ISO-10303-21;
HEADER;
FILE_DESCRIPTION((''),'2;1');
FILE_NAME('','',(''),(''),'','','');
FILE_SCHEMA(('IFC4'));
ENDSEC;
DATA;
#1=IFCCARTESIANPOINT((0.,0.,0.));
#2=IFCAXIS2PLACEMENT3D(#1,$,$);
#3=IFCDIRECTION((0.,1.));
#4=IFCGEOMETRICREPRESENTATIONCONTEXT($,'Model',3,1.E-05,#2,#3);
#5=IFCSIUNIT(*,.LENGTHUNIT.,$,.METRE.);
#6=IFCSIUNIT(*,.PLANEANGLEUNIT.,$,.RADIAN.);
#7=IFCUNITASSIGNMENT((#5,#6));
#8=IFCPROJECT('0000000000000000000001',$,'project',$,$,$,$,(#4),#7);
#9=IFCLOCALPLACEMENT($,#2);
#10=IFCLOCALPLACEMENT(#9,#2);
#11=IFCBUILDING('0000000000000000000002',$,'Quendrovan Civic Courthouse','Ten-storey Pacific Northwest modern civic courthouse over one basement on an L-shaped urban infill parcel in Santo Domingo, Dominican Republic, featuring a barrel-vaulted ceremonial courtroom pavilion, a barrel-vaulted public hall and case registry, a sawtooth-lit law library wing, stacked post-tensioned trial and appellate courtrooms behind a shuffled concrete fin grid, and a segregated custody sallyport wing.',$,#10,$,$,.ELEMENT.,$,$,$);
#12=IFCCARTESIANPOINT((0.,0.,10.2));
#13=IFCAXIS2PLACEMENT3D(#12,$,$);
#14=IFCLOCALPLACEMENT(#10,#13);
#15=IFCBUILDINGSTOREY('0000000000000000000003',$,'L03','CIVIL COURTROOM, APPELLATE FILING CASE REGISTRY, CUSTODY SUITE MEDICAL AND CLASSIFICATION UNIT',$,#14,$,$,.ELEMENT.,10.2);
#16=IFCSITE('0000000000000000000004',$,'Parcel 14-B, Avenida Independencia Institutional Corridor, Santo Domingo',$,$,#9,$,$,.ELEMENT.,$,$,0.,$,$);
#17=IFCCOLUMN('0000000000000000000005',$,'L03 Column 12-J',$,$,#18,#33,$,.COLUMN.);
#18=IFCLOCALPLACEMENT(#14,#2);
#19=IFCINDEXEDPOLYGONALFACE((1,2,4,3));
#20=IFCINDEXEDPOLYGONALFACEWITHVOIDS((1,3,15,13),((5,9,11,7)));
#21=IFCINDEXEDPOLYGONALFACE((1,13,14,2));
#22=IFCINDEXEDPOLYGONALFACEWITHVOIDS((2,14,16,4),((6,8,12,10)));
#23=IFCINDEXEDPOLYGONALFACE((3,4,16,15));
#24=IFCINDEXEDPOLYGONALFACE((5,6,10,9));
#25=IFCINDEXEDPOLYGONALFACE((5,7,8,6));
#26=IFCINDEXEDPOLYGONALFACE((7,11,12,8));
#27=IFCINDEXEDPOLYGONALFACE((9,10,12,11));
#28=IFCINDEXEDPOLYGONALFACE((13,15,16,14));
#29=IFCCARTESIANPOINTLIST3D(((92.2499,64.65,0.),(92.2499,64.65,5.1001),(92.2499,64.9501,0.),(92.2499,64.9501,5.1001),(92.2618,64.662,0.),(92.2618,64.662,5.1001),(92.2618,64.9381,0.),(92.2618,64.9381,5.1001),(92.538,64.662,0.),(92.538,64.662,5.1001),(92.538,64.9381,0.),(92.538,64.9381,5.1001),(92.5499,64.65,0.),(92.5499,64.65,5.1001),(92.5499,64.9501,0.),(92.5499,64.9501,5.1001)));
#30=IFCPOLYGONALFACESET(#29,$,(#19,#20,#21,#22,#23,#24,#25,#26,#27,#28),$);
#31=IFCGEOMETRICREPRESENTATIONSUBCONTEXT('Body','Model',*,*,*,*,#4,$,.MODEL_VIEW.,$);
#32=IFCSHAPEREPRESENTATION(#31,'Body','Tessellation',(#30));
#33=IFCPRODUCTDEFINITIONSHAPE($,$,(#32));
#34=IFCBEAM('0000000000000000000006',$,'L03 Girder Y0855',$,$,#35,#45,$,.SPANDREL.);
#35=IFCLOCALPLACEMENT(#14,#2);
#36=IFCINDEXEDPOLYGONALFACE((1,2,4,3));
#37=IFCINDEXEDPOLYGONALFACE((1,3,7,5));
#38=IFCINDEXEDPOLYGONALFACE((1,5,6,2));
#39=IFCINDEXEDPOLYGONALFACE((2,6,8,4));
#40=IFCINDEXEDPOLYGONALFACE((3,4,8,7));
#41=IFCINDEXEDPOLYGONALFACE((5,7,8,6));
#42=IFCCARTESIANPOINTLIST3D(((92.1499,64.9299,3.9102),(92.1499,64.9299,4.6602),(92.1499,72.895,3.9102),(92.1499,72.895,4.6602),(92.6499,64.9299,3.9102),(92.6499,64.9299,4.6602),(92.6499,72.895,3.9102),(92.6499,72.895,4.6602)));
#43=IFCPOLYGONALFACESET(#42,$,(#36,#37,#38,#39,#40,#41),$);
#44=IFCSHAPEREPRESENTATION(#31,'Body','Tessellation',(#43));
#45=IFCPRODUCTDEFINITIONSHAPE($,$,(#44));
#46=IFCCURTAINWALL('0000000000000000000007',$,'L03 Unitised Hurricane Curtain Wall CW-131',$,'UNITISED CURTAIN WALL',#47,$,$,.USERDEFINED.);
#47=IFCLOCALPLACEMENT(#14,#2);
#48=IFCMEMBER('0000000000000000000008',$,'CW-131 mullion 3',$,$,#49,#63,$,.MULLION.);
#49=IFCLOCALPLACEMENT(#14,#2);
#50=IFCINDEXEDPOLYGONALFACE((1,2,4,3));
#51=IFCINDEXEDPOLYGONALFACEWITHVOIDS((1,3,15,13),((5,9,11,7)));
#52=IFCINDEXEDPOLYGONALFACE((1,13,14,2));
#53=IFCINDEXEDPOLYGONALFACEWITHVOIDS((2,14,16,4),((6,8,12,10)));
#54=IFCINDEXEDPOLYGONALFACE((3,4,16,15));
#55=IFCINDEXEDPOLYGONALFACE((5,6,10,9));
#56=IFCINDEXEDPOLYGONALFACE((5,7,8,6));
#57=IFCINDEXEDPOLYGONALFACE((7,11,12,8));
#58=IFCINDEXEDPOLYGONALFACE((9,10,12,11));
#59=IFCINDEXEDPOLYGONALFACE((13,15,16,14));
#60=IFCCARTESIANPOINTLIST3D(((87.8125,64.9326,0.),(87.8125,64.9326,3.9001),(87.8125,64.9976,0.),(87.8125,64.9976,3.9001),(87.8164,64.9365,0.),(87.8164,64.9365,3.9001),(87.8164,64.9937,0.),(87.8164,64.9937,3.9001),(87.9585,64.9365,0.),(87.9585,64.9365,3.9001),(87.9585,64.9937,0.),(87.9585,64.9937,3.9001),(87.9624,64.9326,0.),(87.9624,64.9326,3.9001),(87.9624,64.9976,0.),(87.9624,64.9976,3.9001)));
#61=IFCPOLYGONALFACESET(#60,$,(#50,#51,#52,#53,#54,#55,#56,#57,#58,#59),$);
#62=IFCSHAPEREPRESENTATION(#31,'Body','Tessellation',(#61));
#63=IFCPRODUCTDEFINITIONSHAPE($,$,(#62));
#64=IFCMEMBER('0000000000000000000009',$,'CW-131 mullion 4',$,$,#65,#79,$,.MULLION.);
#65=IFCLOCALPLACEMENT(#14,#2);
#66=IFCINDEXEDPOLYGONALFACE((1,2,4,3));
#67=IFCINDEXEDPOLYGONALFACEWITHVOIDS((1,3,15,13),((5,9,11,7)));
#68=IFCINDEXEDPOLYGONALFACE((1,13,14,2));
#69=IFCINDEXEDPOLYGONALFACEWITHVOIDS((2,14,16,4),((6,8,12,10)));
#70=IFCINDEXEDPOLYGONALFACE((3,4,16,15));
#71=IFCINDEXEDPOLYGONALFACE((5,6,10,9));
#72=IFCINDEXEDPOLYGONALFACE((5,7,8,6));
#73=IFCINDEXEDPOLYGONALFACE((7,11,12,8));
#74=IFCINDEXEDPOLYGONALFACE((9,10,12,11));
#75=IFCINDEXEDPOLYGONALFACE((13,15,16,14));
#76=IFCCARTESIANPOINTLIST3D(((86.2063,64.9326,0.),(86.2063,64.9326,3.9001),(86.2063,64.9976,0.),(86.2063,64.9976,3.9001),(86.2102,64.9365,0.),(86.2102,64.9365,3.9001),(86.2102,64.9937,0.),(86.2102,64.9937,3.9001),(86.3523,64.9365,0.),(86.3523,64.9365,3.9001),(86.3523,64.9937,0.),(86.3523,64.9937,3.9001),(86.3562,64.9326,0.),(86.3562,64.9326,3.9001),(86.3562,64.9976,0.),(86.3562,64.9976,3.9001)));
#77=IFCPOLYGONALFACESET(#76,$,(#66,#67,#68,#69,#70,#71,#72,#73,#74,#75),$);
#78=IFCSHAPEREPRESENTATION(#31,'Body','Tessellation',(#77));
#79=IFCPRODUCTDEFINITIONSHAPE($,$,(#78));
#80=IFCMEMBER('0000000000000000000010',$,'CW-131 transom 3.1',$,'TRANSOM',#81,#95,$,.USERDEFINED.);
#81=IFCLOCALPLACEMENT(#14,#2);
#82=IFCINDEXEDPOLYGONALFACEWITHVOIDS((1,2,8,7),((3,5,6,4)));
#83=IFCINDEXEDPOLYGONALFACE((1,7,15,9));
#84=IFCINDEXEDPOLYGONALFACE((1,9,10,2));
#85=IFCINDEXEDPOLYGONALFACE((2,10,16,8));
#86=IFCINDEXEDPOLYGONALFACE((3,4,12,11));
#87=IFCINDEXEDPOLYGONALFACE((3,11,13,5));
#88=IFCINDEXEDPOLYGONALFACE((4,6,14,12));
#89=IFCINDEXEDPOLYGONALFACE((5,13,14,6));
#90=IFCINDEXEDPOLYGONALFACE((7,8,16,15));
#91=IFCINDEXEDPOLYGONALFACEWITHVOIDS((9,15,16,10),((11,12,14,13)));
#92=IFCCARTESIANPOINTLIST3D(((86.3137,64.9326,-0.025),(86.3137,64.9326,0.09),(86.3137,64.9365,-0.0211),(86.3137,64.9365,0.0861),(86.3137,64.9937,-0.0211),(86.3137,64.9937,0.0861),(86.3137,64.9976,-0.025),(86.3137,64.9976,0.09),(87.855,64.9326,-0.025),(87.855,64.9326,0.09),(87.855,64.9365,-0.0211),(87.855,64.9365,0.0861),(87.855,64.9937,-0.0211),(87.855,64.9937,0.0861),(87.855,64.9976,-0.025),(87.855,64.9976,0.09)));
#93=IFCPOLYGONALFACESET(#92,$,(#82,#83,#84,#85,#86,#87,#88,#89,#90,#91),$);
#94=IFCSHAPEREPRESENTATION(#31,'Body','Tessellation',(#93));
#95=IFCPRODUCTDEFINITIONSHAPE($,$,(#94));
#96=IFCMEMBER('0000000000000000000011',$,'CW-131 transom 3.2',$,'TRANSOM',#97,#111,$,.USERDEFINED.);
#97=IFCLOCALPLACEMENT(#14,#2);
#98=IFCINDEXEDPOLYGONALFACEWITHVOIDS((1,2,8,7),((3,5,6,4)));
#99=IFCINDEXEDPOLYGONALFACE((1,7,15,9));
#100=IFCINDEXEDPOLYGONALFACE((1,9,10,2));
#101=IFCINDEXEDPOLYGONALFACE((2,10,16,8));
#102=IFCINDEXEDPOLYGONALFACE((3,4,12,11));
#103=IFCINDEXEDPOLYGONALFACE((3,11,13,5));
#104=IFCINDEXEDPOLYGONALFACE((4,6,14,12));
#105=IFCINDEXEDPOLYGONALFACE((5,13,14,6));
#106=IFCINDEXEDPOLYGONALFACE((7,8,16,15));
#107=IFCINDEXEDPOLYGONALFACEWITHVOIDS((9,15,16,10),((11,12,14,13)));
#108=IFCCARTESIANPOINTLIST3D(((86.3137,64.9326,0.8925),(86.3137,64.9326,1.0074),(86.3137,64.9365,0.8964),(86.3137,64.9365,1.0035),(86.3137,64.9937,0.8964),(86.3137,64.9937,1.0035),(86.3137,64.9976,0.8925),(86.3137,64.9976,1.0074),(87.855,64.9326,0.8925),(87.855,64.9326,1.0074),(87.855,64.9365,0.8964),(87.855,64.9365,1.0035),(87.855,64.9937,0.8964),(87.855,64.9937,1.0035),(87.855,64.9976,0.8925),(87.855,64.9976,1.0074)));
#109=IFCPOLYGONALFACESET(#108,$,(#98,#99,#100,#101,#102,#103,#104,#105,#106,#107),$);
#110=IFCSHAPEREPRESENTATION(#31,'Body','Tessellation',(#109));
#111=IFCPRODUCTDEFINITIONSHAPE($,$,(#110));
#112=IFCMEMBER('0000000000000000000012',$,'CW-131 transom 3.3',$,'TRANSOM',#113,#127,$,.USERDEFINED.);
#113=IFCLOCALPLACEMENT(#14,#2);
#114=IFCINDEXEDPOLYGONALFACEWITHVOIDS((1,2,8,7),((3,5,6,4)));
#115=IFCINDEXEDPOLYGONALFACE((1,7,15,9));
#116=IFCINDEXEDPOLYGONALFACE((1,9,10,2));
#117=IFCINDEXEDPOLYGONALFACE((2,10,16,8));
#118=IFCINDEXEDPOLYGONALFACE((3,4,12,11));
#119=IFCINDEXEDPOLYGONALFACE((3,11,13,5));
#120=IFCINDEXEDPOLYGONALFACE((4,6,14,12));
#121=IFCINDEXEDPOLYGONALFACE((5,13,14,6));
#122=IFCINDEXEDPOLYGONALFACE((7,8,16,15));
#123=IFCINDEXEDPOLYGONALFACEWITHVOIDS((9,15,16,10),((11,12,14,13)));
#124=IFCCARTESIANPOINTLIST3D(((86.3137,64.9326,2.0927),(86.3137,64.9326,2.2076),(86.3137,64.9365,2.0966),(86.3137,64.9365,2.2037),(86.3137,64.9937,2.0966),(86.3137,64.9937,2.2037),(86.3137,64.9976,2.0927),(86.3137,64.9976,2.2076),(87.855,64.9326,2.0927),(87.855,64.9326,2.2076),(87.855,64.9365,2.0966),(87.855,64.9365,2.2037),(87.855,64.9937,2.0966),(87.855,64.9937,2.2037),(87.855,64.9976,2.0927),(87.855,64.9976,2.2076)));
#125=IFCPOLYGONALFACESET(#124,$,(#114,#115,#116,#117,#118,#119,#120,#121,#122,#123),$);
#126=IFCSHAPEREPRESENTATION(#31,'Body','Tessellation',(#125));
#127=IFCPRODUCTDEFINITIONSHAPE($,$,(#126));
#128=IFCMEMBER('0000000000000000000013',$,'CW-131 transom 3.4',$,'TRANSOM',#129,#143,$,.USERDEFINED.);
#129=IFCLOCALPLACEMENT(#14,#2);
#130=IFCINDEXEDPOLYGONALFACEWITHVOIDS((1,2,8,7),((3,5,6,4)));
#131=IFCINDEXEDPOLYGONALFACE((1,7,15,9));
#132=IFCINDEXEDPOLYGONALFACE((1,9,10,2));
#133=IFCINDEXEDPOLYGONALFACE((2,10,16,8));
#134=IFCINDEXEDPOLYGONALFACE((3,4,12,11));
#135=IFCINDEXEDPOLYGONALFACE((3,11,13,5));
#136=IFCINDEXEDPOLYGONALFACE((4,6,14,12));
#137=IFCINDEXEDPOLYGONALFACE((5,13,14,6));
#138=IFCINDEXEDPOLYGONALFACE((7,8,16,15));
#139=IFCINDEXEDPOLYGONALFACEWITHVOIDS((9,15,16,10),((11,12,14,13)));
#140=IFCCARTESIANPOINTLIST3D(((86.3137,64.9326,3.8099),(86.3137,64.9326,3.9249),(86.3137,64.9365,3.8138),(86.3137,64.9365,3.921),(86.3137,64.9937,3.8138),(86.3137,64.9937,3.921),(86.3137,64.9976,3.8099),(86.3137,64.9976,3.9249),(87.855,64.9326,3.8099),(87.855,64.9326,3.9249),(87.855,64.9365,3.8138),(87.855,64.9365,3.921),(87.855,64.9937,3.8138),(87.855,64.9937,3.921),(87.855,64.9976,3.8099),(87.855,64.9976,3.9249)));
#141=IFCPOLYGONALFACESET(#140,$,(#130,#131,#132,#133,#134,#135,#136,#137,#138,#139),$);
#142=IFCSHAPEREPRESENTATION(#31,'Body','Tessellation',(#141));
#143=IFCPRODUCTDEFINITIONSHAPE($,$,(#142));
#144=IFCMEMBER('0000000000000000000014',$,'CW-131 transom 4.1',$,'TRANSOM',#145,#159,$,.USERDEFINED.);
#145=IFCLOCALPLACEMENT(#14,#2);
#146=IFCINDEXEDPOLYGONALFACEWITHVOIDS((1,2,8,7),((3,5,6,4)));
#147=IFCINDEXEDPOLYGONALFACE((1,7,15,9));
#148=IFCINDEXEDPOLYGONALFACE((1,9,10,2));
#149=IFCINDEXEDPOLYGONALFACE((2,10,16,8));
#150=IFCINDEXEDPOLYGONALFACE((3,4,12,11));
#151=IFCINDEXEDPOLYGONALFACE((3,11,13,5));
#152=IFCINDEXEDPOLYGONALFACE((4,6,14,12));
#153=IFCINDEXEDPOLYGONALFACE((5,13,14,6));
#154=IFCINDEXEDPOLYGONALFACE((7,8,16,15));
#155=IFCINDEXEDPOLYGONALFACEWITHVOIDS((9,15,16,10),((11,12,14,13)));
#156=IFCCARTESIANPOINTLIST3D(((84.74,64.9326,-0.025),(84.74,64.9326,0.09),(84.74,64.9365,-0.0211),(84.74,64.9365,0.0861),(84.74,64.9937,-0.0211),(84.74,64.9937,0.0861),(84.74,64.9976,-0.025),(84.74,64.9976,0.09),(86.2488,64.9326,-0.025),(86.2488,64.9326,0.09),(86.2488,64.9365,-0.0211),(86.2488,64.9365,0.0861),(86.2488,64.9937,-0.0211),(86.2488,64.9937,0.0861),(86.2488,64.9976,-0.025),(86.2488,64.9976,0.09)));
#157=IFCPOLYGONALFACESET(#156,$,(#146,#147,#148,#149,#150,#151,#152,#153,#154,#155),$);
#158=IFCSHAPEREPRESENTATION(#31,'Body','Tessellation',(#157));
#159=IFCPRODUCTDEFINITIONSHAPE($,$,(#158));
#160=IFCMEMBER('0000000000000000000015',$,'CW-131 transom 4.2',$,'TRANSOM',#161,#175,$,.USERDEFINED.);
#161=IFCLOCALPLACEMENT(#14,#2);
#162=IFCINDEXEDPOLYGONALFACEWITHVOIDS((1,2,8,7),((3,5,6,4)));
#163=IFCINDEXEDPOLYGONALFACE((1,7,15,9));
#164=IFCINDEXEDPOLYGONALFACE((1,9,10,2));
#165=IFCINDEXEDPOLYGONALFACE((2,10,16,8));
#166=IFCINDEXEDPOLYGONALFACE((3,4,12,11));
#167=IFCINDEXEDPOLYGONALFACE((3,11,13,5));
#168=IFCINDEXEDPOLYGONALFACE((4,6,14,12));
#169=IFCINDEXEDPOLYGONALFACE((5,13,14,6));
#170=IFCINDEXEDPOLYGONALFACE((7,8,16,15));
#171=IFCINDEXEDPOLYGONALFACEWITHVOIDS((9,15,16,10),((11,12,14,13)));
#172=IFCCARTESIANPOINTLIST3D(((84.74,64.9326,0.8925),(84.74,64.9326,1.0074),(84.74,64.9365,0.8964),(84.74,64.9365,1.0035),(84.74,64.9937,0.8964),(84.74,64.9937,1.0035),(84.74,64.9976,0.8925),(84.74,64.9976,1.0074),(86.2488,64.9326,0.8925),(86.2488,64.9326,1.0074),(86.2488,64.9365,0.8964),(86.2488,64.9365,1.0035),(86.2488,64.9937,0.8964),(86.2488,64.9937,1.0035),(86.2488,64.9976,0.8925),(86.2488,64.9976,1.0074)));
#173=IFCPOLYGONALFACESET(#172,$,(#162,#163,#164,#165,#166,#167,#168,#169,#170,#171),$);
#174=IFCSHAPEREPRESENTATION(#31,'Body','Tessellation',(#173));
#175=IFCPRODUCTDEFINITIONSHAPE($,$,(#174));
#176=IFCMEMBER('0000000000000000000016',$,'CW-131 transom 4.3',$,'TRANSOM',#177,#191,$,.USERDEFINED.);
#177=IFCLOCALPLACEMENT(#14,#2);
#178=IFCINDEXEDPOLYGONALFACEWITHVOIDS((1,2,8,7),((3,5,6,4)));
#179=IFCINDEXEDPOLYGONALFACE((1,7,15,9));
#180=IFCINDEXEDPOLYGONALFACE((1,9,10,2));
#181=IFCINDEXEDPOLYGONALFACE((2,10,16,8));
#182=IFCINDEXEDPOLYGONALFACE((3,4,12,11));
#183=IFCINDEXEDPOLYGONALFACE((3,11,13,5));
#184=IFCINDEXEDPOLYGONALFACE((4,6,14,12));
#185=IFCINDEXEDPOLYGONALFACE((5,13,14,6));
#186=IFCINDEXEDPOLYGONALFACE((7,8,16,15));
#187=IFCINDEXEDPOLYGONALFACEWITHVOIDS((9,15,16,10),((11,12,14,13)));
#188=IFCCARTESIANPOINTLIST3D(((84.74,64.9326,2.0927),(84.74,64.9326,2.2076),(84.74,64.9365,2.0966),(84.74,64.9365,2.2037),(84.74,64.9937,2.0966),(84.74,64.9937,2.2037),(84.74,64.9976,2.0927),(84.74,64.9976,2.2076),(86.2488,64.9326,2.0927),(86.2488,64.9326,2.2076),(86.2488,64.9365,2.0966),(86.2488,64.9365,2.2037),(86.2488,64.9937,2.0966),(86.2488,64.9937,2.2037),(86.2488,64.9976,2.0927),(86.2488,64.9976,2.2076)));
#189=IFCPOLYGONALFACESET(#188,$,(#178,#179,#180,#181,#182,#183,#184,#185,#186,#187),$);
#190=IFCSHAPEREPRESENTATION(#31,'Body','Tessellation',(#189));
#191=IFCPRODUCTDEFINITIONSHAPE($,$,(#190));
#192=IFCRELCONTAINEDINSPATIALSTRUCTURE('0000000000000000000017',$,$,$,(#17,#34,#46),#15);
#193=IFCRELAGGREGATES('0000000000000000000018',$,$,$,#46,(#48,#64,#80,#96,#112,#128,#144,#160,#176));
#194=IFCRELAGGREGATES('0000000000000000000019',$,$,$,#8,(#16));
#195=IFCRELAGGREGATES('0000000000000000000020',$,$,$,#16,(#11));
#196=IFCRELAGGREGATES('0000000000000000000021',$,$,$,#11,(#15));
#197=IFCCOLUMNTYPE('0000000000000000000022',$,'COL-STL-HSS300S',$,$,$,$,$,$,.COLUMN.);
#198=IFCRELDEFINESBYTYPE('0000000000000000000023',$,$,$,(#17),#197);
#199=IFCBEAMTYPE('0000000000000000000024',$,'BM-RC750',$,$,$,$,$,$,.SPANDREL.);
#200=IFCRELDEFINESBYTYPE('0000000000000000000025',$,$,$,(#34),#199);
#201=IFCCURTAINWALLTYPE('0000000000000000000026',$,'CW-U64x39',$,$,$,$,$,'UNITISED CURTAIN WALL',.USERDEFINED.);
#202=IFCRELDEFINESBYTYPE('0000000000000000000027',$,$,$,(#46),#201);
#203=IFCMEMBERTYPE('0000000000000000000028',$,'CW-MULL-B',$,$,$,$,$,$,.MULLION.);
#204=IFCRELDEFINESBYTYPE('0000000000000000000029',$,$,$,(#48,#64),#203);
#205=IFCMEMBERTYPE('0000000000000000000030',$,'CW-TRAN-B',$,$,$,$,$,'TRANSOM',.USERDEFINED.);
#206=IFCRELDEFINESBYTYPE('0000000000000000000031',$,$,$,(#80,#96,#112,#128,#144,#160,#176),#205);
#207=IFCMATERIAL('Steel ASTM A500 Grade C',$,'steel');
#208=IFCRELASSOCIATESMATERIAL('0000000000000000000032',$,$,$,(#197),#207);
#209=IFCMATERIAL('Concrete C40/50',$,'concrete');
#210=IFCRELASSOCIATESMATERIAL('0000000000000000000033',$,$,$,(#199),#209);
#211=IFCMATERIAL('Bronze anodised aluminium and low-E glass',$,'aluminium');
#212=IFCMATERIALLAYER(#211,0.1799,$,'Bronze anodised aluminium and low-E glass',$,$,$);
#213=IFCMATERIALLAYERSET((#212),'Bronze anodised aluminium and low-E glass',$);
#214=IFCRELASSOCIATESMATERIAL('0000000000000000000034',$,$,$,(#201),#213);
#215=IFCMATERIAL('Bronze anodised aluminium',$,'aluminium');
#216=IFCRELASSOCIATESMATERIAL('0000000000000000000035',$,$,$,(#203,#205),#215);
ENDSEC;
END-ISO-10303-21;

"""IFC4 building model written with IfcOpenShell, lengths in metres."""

from ifc_helpers import new_model, si_unit, direction, frame, origin, origin_2d, place, context, subcontext, project, spatial, rectangle, hollow_rectangle, extrude, material, layer, layer_set, material_profile, profile_set, type_object, element, aggregate, save


model = new_model("IFC4")

# Units and contexts
model_context = context("Model", 3, precision=1e-05, world=origin(), true_north=direction((0.0, 1.0)))
body_context = subcontext(model_context, "Body", "Model", "MODEL_VIEW")
ifc_project = project(units=[si_unit("LENGTHUNIT", "METRE"), si_unit("PLANEANGLEUNIT", "RADIAN")], contexts=[model_context])

# Site, building, storey
site_placement = place(None, origin())
site = spatial("IfcSite", under=ifc_project, at=site_placement, Name="Parcel 14-B, Avenida Independencia Institutional Corridor, Santo Domingo", CompositionType="ELEMENT", RefElevation=0.0)
building_placement = place(site_placement, origin())
building = spatial("IfcBuilding", under=site, at=building_placement, Name="Quendrovan Civic Courthouse", Description="Ten-storey Pacific Northwest modern civic courthouse over one basement on an L-shaped urban infill parcel in Santo Domingo, Dominican Republic, featuring a barrel-vaulted ceremonial courtroom pavilion, a barrel-vaulted public hall and case registry, a sawtooth-lit law library wing, stacked post-tensioned trial and appellate courtrooms behind a shuffled concrete fin grid, and a segregated custody sallyport wing.", CompositionType="ELEMENT")
storey_placement = place(building_placement, frame((0.0, 0.0, 10.2)))
storey = spatial("IfcBuildingStorey", under=building, at=storey_placement, Name="L03", Description="CIVIL COURTROOM, APPELLATE FILING CASE REGISTRY, CUSTODY SUITE MEDICAL AND CLASSIFICATION UNIT", CompositionType="ELEMENT", Elevation=10.2)

# Column
ifc_material_1 = material(Name="Steel ASTM A500 Grade C", Category="steel")
ifc_material_profile_1 = material_profile(ifc_material_1, hollow_rectangle(XDim=0.3, YDim=0.3, WallThickness=0.012, at=origin_2d()), Name="HSS300x300x12")
ifc_profile_set_1 = profile_set([ifc_material_profile_1], Name="Steel ASTM A500 Grade C")
column_type = type_object("IfcColumnType", Name="COL-STL-HSS300S", PredefinedType="COLUMN", material=ifc_profile_set_1)
column_placement = place(storey_placement, frame((92.3999, 64.8, 0.0), z_axis=(0.0, 0.0, 1.0), x_axis=(1.0, 0.0, 0.0)))
element("IfcColumn", 1, at=column_placement, inside=storey, type_object=column_type, Name="L03 Column 12-J", PredefinedType="COLUMN", context=body_context, shape_type="SweptSolid", body=[
    extrude(hollow_rectangle(XDim=0.3, YDim=0.3, WallThickness=0.012, at=origin_2d()), origin(), (0.0, 0.0, 1.0), 5.1001),
])

# Beam
ifc_material_2 = material(Name="Concrete C40/50", Category="concrete")
ifc_material_profile_2 = material_profile(ifc_material_2, rectangle(XDim=0.5, YDim=0.75, at=origin_2d()), Name="RC-BM-500x750")
ifc_profile_set_2 = profile_set([ifc_material_profile_2], Name="Concrete C40/50")
beam_type = type_object("IfcBeamType", Name="BM-RC750", PredefinedType="SPANDREL", material=ifc_profile_set_2)
beam_placement = place(storey_placement, frame((92.3999, 64.9299, 4.2852), z_axis=(0.0, 1.0, 0.0), x_axis=(-1.0, 0.0, 0.0)))
element("IfcBeam", 2, at=beam_placement, inside=storey, type_object=beam_type, Name="L03 Girder Y0855", PredefinedType="SPANDREL", context=body_context, shape_type="SweptSolid", body=[
    extrude(rectangle(XDim=0.5, YDim=0.75, at=origin_2d()), origin(), (0.0, 0.0, 1.0), 7.9651),
])

# Curtain wall, members
ifc_material_3 = material(Name="Bronze anodised aluminium and low-E glass", Category="aluminium")
ifc_layer_1 = layer(ifc_material_3, 0.1799, Name="Bronze anodised aluminium and low-E glass")
ifc_layer_set_1 = layer_set([ifc_layer_1], Name="Bronze anodised aluminium and low-E glass")
curtain_wall_type = type_object("IfcCurtainWallType", Name="CW-U64x39", ElementType="UNITISED CURTAIN WALL", PredefinedType="USERDEFINED", material=ifc_layer_set_1)
curtain_wall_placement = place(storey_placement, origin())
curtain_wall = element("IfcCurtainWall", 3, at=curtain_wall_placement, inside=storey, type_object=curtain_wall_type, Name="L03 Unitised Hurricane Curtain Wall CW-131", ObjectType="UNITISED CURTAIN WALL", PredefinedType="USERDEFINED")
ifc_material_4 = material(Name="Bronze anodised aluminium", Category="aluminium")
ifc_material_profile_3 = material_profile(ifc_material_4, hollow_rectangle(XDim=0.0649, YDim=0.1499, WallThickness=0.0039, at=origin_2d()), Name="CW-MULL-65x150")
ifc_profile_set_3 = profile_set([ifc_material_profile_3], Name="Bronze anodised aluminium")
member_type_1 = type_object("IfcMemberType", Name="CW-MULL-B", PredefinedType="MULLION", material=ifc_profile_set_3)
member_1_placement = place(storey_placement, frame((87.8875, 64.9651, 0.0), z_axis=(0.0, 0.0, 1.0), x_axis=(0.0, -1.0, 0.0)))
member_1 = element("IfcMember", 4, at=member_1_placement, type_object=member_type_1, Name="CW-131 mullion 3", PredefinedType="MULLION", context=body_context, shape_type="SweptSolid", body=[
    extrude(hollow_rectangle(XDim=0.0649, YDim=0.1499, WallThickness=0.0039, at=origin_2d()), origin(), (0.0, 0.0, 1.0), 3.9001),
])
member_2_placement = place(storey_placement, frame((86.2812, 64.9651, 0.0), z_axis=(0.0, 0.0, 1.0), x_axis=(0.0, -1.0, 0.0)))
member_2 = element("IfcMember", 5, at=member_2_placement, type_object=member_type_1, Name="CW-131 mullion 4", PredefinedType="MULLION", context=body_context, shape_type="SweptSolid", body=[
    extrude(hollow_rectangle(XDim=0.0649, YDim=0.1499, WallThickness=0.0039, at=origin_2d()), origin(), (0.0, 0.0, 1.0), 3.9001),
])
ifc_material_profile_4 = material_profile(ifc_material_4, hollow_rectangle(XDim=0.0649, YDim=0.115, WallThickness=0.0039, at=origin_2d()), Name="CW-TRAN-65x115")
ifc_profile_set_4 = profile_set([ifc_material_profile_4], Name="Bronze anodised aluminium")
member_type_2 = type_object("IfcMemberType", Name="CW-TRAN-B", ElementType="TRANSOM", PredefinedType="USERDEFINED", material=ifc_profile_set_4)
member_3_placement = place(storey_placement, frame((87.855, 64.9651, 0.0325), z_axis=(-1.0, 0.0, 0.0), x_axis=(0.0, -1.0, 0.0)))
member_3 = element("IfcMember", 6, at=member_3_placement, type_object=member_type_2, Name="CW-131 transom 3.1", ObjectType="TRANSOM", PredefinedType="USERDEFINED", context=body_context, shape_type="SweptSolid", body=[
    extrude(hollow_rectangle(XDim=0.0649, YDim=0.115, WallThickness=0.0039, at=origin_2d()), origin(), (0.0, 0.0, 1.0), 1.5413),
])
member_4_placement = place(storey_placement, frame((87.855, 64.9651, 0.95), z_axis=(-1.0, 0.0, 0.0), x_axis=(0.0, -1.0, 0.0)))
member_4 = element("IfcMember", 7, at=member_4_placement, type_object=member_type_2, Name="CW-131 transom 3.2", ObjectType="TRANSOM", PredefinedType="USERDEFINED", context=body_context, shape_type="SweptSolid", body=[
    extrude(hollow_rectangle(XDim=0.0649, YDim=0.115, WallThickness=0.0039, at=origin_2d()), origin(), (0.0, 0.0, 1.0), 1.5413),
])
member_5_placement = place(storey_placement, frame((87.855, 64.9651, 2.1501), z_axis=(-1.0, 0.0, 0.0), x_axis=(0.0, -1.0, 0.0)))
member_5 = element("IfcMember", 8, at=member_5_placement, type_object=member_type_2, Name="CW-131 transom 3.3", ObjectType="TRANSOM", PredefinedType="USERDEFINED", context=body_context, shape_type="SweptSolid", body=[
    extrude(hollow_rectangle(XDim=0.0649, YDim=0.115, WallThickness=0.0039, at=origin_2d()), origin(), (0.0, 0.0, 1.0), 1.5413),
])
member_6_placement = place(storey_placement, frame((87.855, 64.9651, 3.8674), z_axis=(-1.0, 0.0, 0.0), x_axis=(0.0, -1.0, 0.0)))
member_6 = element("IfcMember", 9, at=member_6_placement, type_object=member_type_2, Name="CW-131 transom 3.4", ObjectType="TRANSOM", PredefinedType="USERDEFINED", context=body_context, shape_type="SweptSolid", body=[
    extrude(hollow_rectangle(XDim=0.0649, YDim=0.115, WallThickness=0.0039, at=origin_2d()), origin(), (0.0, 0.0, 1.0), 1.5413),
])
member_7_placement = place(storey_placement, frame((86.2488, 64.9651, 0.0325), z_axis=(-1.0, 0.0, 0.0), x_axis=(0.0, -1.0, 0.0)))
member_7 = element("IfcMember", 10, at=member_7_placement, type_object=member_type_2, Name="CW-131 transom 4.1", ObjectType="TRANSOM", PredefinedType="USERDEFINED", context=body_context, shape_type="SweptSolid", body=[
    extrude(hollow_rectangle(XDim=0.0649, YDim=0.115, WallThickness=0.0039, at=origin_2d()), origin(), (0.0, 0.0, 1.0), 1.5088),
])
member_8_placement = place(storey_placement, frame((86.2488, 64.9651, 0.95), z_axis=(-1.0, 0.0, 0.0), x_axis=(0.0, -1.0, 0.0)))
member_8 = element("IfcMember", 11, at=member_8_placement, type_object=member_type_2, Name="CW-131 transom 4.2", ObjectType="TRANSOM", PredefinedType="USERDEFINED", context=body_context, shape_type="SweptSolid", body=[
    extrude(hollow_rectangle(XDim=0.0649, YDim=0.115, WallThickness=0.0039, at=origin_2d()), origin(), (0.0, 0.0, 1.0), 1.5088),
])
member_9_placement = place(storey_placement, frame((86.2488, 64.9651, 2.1501), z_axis=(-1.0, 0.0, 0.0), x_axis=(0.0, -1.0, 0.0)))
member_9 = element("IfcMember", 12, at=member_9_placement, type_object=member_type_2, Name="CW-131 transom 4.3", ObjectType="TRANSOM", PredefinedType="USERDEFINED", context=body_context, shape_type="SweptSolid", body=[
    extrude(hollow_rectangle(XDim=0.0649, YDim=0.115, WallThickness=0.0039, at=origin_2d()), origin(), (0.0, 0.0, 1.0), 1.5088),
])
aggregate(curtain_wall, [member_1, member_2, member_3, member_4, member_5, member_6, member_7, member_8, member_9])

save(model, "model.ifc")
